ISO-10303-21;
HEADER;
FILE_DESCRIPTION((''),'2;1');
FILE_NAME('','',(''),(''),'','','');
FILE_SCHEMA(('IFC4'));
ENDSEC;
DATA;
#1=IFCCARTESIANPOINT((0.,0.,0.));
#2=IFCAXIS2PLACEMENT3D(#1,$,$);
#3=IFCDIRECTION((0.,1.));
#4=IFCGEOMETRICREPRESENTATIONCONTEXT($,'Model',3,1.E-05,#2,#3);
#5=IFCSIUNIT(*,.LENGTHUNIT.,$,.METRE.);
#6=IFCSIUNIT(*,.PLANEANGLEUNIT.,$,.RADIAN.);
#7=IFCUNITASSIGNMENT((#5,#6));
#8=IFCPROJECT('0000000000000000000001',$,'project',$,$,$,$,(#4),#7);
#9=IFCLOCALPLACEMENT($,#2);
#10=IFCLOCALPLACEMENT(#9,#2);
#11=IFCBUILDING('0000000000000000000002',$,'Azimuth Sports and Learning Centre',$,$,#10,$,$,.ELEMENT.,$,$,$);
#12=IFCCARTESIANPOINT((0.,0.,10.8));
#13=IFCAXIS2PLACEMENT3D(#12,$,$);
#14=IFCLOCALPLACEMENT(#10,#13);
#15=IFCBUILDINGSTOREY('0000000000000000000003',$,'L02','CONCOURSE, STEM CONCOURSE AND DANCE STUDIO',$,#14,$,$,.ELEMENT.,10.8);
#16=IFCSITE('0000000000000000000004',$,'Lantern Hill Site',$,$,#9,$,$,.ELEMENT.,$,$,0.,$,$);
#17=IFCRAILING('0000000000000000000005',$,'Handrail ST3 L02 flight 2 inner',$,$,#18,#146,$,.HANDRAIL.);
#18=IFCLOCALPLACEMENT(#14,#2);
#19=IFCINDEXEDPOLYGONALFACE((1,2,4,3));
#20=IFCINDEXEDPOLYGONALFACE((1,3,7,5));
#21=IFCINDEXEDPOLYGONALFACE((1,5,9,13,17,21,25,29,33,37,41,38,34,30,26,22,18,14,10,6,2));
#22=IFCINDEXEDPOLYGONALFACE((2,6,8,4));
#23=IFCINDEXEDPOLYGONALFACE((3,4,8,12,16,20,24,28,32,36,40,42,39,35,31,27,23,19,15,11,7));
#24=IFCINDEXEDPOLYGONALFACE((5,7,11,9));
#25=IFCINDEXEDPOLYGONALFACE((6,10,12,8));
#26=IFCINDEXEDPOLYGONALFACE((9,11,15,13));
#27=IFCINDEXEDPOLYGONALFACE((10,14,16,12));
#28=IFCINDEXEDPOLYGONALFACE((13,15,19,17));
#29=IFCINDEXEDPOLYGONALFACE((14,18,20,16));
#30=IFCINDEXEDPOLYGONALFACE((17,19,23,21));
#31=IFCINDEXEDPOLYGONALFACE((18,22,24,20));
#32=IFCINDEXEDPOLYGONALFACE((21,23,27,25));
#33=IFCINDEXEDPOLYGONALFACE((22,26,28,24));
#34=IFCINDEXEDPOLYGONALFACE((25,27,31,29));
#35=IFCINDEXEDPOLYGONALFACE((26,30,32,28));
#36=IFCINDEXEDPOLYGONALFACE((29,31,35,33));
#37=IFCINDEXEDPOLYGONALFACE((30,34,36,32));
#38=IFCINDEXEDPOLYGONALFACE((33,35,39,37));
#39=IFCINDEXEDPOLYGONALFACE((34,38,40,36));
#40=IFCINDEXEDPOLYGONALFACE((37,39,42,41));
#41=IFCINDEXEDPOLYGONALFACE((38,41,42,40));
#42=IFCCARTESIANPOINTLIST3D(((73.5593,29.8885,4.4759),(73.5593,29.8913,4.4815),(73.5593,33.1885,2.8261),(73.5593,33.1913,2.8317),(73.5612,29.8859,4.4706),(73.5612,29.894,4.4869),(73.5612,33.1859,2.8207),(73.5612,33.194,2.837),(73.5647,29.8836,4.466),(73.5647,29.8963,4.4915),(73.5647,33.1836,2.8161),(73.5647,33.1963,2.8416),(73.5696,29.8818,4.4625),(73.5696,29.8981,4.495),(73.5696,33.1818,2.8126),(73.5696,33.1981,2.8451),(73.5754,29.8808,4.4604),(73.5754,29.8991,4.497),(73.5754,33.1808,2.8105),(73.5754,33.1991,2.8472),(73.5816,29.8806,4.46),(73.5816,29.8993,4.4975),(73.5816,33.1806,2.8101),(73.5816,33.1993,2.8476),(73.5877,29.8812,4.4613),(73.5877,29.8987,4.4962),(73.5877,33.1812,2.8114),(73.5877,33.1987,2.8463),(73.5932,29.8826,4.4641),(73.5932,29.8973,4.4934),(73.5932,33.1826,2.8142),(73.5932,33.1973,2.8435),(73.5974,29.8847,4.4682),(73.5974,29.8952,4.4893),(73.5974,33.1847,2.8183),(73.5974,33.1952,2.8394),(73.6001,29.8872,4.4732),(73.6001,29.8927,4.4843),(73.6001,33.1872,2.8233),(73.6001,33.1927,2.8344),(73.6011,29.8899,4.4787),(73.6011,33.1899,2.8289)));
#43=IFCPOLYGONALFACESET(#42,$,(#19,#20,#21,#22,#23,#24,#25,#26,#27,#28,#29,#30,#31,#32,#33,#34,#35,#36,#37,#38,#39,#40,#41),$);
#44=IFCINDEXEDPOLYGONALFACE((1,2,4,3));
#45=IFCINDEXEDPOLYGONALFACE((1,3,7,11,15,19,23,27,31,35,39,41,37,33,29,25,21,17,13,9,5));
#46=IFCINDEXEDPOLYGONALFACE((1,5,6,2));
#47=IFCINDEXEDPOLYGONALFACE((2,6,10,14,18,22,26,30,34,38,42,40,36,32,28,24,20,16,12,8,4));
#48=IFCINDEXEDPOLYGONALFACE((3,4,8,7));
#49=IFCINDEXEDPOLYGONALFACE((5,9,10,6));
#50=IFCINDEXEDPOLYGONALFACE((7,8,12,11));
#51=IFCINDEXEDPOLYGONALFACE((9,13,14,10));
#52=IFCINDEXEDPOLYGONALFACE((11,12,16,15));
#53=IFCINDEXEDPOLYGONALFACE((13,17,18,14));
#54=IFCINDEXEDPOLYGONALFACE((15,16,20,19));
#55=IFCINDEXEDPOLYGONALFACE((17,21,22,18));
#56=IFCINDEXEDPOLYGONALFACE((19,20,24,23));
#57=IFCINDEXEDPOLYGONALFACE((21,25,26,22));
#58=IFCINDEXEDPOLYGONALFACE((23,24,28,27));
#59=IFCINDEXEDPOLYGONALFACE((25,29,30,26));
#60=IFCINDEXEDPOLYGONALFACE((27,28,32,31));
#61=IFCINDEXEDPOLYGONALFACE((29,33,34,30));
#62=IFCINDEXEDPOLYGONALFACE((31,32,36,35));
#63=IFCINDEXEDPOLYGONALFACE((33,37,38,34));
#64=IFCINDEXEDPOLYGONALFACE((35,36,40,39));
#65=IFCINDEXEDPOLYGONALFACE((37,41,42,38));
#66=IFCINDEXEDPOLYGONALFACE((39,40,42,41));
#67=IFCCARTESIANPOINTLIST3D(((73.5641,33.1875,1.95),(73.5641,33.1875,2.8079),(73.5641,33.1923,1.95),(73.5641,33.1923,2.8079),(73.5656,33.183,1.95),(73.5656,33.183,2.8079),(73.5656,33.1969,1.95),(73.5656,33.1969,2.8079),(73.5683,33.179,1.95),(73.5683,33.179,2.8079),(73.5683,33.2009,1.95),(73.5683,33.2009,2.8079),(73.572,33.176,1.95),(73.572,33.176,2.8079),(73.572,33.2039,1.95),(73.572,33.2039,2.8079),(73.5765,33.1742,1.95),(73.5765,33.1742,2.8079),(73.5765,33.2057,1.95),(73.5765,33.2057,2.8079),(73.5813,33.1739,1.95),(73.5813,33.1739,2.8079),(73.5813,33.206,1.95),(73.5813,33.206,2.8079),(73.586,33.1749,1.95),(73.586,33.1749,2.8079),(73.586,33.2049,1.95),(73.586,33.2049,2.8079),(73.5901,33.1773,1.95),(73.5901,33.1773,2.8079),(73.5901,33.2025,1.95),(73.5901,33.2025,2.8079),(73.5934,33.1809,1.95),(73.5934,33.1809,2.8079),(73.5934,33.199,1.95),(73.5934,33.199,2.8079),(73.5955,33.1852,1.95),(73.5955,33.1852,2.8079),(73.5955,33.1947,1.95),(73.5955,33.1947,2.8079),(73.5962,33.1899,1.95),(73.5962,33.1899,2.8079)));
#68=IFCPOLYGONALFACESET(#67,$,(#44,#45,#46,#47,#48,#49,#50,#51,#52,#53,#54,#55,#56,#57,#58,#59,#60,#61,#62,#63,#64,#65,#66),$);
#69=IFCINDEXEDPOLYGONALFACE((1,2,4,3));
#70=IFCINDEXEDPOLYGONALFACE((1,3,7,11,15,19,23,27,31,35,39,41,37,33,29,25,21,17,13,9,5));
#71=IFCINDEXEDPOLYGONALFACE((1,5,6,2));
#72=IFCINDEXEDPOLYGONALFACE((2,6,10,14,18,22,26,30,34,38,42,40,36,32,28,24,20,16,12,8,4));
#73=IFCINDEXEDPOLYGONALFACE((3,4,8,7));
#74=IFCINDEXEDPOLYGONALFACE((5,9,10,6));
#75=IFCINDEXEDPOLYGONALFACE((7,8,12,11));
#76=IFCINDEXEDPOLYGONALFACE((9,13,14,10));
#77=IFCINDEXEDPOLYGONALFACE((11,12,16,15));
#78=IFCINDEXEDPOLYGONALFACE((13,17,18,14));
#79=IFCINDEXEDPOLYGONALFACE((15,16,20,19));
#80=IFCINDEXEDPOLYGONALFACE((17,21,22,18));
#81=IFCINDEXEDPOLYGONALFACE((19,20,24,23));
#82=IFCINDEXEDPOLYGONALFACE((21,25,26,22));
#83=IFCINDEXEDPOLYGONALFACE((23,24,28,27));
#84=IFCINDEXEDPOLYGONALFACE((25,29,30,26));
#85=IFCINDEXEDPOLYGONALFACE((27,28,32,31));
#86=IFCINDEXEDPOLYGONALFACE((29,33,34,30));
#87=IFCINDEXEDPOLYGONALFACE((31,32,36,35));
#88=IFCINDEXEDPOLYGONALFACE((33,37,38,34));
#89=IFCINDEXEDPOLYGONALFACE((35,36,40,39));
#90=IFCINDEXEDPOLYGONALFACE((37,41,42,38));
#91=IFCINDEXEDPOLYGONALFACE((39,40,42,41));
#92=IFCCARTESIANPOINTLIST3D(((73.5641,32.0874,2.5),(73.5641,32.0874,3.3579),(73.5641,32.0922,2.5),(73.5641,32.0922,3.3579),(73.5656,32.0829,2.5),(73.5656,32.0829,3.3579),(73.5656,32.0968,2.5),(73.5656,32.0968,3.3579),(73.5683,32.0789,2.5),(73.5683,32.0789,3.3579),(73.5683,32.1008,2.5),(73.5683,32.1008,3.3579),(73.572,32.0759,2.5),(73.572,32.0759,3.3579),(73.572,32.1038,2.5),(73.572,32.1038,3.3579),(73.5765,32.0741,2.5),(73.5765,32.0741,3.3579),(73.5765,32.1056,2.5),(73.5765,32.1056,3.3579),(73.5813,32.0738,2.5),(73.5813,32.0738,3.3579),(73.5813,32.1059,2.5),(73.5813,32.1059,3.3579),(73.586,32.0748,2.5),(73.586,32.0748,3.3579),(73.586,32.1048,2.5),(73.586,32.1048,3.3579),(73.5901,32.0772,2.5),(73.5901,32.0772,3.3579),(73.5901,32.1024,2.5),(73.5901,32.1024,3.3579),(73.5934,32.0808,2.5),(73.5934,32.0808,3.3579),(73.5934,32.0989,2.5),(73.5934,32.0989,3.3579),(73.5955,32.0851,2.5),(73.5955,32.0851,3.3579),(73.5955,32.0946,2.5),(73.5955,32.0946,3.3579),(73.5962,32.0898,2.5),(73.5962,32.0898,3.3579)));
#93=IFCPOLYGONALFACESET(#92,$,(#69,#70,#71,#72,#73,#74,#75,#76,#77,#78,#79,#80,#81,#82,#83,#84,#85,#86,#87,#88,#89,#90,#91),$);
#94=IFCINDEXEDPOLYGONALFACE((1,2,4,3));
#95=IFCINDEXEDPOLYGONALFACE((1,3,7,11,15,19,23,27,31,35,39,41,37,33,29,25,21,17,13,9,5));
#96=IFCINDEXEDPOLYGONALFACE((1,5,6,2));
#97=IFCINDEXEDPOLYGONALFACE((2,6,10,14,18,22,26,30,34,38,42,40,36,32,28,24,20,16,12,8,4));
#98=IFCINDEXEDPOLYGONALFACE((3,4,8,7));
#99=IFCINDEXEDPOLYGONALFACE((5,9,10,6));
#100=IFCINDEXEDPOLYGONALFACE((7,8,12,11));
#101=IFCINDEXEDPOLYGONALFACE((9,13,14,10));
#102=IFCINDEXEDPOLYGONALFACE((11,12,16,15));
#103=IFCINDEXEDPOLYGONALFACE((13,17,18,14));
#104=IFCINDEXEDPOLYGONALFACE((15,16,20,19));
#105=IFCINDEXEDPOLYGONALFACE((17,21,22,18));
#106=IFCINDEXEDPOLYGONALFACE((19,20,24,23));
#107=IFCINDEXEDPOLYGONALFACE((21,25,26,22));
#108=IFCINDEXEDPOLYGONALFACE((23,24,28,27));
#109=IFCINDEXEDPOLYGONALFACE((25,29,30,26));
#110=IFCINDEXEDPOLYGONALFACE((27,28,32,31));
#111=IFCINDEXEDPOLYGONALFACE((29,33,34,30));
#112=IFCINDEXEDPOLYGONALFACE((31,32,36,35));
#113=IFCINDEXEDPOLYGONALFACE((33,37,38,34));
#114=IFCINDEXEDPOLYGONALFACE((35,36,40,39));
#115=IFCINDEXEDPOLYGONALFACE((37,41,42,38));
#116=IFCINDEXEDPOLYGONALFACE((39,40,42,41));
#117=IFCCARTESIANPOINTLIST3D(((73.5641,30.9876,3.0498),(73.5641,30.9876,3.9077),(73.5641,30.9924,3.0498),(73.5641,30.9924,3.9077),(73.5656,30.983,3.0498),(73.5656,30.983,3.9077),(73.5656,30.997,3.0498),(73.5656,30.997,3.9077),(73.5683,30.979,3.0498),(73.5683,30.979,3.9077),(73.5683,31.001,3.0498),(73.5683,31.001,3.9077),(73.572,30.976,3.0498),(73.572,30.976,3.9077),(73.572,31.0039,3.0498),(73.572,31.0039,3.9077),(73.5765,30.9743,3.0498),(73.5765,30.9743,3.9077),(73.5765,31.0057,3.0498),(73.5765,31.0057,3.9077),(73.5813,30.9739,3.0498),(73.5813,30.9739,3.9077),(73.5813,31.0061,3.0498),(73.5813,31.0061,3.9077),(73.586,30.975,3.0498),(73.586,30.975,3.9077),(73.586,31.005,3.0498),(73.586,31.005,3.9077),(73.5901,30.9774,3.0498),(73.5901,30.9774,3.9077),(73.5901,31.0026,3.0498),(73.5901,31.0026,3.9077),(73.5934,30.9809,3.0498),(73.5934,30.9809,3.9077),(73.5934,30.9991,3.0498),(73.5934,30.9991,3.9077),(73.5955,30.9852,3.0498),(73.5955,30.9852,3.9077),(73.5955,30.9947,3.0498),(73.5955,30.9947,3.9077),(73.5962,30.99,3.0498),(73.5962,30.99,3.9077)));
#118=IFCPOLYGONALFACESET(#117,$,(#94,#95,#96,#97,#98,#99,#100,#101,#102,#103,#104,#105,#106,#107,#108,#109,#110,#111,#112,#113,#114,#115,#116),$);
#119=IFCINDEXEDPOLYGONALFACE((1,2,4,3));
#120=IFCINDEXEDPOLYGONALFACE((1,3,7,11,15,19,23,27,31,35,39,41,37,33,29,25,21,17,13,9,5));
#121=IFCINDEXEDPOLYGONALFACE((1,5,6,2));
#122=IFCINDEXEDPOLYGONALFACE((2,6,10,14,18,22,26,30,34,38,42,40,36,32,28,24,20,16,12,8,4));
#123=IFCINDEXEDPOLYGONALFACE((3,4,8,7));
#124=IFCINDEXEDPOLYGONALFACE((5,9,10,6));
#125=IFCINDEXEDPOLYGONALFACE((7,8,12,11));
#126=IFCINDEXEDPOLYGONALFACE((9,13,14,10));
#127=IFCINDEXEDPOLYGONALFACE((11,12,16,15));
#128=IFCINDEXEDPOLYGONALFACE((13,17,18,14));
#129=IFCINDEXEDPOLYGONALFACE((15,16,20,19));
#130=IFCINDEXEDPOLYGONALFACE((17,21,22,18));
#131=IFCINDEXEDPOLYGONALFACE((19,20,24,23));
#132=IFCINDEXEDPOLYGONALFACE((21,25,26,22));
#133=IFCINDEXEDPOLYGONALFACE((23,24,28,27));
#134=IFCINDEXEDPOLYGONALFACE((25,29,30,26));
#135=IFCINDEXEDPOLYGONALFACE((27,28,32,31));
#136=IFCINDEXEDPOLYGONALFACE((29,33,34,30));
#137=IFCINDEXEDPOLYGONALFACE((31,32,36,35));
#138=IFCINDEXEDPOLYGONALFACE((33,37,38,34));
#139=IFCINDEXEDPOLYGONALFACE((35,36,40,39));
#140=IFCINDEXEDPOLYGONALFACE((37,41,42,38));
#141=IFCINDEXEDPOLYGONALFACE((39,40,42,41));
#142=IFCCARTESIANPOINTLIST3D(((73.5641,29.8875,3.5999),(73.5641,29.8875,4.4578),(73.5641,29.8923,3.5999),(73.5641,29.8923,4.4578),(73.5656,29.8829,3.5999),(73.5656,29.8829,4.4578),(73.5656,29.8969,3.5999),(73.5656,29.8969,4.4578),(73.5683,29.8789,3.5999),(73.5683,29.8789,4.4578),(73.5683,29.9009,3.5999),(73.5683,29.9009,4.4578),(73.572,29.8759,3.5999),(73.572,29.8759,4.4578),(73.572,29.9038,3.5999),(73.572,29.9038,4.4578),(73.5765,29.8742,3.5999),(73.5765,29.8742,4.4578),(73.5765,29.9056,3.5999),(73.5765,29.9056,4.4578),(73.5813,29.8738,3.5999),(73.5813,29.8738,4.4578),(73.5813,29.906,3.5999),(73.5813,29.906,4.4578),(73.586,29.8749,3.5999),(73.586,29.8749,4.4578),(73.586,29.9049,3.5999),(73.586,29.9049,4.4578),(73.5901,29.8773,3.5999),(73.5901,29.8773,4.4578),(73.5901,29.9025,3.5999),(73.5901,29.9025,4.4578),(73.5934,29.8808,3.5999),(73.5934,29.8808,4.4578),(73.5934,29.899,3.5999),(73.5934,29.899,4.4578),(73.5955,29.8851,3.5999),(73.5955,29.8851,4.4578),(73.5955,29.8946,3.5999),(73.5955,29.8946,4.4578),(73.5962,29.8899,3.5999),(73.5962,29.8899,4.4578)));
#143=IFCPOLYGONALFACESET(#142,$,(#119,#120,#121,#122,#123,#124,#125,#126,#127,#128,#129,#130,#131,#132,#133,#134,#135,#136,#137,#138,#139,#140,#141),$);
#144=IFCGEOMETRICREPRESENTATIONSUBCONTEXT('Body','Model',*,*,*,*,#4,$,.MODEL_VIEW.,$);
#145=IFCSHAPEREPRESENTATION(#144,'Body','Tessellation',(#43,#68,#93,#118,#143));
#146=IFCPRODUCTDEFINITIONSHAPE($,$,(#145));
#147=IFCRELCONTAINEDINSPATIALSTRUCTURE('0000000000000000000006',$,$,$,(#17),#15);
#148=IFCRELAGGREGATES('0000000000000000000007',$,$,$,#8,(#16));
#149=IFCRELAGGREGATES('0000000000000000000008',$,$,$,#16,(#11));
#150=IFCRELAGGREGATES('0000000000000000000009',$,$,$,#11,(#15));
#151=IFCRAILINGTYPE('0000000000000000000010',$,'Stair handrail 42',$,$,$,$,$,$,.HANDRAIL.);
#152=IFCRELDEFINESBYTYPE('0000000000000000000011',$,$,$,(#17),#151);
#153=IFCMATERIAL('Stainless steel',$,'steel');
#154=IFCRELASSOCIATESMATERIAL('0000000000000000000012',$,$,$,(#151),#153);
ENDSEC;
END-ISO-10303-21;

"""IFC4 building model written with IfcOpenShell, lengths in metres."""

from ifc_helpers import new_model, si_unit, direction, frame, origin, origin_2d, place, context, subcontext, project, spatial, circle, extrude, material, type_object, element, save


model = new_model("IFC4")

# Units and contexts
model_context = context("Model", 3, precision=1e-05, world=origin(), true_north=direction((0.0, 1.0)))
body_context = subcontext(model_context, "Body", "Model", "MODEL_VIEW")
ifc_project = project(units=[si_unit("LENGTHUNIT", "METRE"), si_unit("PLANEANGLEUNIT", "RADIAN")], contexts=[model_context])

# Site, building, storey
site_placement = place(None, origin())
site = spatial("IfcSite", under=ifc_project, at=site_placement, Name="Lantern Hill Site", CompositionType="ELEMENT", RefElevation=0.0)
building_placement = place(site_placement, origin())
building = spatial("IfcBuilding", under=site, at=building_placement, Name="Azimuth Sports and Learning Centre", CompositionType="ELEMENT")
storey_placement = place(building_placement, frame((0.0, 0.0, 10.8)))
storey = spatial("IfcBuildingStorey", under=building, at=storey_placement, Name="L02", Description="CONCOURSE, STEM CONCOURSE AND DANCE STUDIO", CompositionType="ELEMENT", Elevation=10.8)

# Railing
ifc_material_1 = material(Name="Stainless steel", Category="steel")
railing_type_1 = type_object("IfcRailingType", Name="Stair handrail 42", PredefinedType="HANDRAIL", material=ifc_material_1)
for number, where, name in (
    (1, (73.5801, 33.1899, 1.95), "Handrail ST3 L02 flight 2 inner"),
):
    element("IfcRailing", number, at=place(storey_placement, frame(where)), inside=storey, type_object=railing_type_1, Name=name, PredefinedType="HANDRAIL", context=body_context, shape_type="SweptSolid", body=[
        extrude(circle(Radius=0.021, at=origin_2d()), frame((0.0, 0.0, 0.8789), z_axis=(0.0, -0.89444, 0.447187), x_axis=(1.0, 0.0, 0.0)), (0.0, 0.0, 1.0), 3.6895),
        extrude(circle(Radius=0.0161, at=origin_2d()), origin(), (0.0, 0.0, 1.0), 0.8579),
        extrude(circle(Radius=0.0161, at=origin_2d()), frame((0.0, -1.1001, 0.55)), (0.0, 0.0, 1.0), 0.8579),
        extrude(circle(Radius=0.0161, at=origin_2d()), frame((0.0, -2.2, 1.0999)), (0.0, 0.0, 1.0), 0.8579),
        extrude(circle(Radius=0.0161, at=origin_2d()), frame((0.0, -3.3, 1.6499)), (0.0, 0.0, 1.0), 0.8579),
    ])

save(model, "model.ifc")
